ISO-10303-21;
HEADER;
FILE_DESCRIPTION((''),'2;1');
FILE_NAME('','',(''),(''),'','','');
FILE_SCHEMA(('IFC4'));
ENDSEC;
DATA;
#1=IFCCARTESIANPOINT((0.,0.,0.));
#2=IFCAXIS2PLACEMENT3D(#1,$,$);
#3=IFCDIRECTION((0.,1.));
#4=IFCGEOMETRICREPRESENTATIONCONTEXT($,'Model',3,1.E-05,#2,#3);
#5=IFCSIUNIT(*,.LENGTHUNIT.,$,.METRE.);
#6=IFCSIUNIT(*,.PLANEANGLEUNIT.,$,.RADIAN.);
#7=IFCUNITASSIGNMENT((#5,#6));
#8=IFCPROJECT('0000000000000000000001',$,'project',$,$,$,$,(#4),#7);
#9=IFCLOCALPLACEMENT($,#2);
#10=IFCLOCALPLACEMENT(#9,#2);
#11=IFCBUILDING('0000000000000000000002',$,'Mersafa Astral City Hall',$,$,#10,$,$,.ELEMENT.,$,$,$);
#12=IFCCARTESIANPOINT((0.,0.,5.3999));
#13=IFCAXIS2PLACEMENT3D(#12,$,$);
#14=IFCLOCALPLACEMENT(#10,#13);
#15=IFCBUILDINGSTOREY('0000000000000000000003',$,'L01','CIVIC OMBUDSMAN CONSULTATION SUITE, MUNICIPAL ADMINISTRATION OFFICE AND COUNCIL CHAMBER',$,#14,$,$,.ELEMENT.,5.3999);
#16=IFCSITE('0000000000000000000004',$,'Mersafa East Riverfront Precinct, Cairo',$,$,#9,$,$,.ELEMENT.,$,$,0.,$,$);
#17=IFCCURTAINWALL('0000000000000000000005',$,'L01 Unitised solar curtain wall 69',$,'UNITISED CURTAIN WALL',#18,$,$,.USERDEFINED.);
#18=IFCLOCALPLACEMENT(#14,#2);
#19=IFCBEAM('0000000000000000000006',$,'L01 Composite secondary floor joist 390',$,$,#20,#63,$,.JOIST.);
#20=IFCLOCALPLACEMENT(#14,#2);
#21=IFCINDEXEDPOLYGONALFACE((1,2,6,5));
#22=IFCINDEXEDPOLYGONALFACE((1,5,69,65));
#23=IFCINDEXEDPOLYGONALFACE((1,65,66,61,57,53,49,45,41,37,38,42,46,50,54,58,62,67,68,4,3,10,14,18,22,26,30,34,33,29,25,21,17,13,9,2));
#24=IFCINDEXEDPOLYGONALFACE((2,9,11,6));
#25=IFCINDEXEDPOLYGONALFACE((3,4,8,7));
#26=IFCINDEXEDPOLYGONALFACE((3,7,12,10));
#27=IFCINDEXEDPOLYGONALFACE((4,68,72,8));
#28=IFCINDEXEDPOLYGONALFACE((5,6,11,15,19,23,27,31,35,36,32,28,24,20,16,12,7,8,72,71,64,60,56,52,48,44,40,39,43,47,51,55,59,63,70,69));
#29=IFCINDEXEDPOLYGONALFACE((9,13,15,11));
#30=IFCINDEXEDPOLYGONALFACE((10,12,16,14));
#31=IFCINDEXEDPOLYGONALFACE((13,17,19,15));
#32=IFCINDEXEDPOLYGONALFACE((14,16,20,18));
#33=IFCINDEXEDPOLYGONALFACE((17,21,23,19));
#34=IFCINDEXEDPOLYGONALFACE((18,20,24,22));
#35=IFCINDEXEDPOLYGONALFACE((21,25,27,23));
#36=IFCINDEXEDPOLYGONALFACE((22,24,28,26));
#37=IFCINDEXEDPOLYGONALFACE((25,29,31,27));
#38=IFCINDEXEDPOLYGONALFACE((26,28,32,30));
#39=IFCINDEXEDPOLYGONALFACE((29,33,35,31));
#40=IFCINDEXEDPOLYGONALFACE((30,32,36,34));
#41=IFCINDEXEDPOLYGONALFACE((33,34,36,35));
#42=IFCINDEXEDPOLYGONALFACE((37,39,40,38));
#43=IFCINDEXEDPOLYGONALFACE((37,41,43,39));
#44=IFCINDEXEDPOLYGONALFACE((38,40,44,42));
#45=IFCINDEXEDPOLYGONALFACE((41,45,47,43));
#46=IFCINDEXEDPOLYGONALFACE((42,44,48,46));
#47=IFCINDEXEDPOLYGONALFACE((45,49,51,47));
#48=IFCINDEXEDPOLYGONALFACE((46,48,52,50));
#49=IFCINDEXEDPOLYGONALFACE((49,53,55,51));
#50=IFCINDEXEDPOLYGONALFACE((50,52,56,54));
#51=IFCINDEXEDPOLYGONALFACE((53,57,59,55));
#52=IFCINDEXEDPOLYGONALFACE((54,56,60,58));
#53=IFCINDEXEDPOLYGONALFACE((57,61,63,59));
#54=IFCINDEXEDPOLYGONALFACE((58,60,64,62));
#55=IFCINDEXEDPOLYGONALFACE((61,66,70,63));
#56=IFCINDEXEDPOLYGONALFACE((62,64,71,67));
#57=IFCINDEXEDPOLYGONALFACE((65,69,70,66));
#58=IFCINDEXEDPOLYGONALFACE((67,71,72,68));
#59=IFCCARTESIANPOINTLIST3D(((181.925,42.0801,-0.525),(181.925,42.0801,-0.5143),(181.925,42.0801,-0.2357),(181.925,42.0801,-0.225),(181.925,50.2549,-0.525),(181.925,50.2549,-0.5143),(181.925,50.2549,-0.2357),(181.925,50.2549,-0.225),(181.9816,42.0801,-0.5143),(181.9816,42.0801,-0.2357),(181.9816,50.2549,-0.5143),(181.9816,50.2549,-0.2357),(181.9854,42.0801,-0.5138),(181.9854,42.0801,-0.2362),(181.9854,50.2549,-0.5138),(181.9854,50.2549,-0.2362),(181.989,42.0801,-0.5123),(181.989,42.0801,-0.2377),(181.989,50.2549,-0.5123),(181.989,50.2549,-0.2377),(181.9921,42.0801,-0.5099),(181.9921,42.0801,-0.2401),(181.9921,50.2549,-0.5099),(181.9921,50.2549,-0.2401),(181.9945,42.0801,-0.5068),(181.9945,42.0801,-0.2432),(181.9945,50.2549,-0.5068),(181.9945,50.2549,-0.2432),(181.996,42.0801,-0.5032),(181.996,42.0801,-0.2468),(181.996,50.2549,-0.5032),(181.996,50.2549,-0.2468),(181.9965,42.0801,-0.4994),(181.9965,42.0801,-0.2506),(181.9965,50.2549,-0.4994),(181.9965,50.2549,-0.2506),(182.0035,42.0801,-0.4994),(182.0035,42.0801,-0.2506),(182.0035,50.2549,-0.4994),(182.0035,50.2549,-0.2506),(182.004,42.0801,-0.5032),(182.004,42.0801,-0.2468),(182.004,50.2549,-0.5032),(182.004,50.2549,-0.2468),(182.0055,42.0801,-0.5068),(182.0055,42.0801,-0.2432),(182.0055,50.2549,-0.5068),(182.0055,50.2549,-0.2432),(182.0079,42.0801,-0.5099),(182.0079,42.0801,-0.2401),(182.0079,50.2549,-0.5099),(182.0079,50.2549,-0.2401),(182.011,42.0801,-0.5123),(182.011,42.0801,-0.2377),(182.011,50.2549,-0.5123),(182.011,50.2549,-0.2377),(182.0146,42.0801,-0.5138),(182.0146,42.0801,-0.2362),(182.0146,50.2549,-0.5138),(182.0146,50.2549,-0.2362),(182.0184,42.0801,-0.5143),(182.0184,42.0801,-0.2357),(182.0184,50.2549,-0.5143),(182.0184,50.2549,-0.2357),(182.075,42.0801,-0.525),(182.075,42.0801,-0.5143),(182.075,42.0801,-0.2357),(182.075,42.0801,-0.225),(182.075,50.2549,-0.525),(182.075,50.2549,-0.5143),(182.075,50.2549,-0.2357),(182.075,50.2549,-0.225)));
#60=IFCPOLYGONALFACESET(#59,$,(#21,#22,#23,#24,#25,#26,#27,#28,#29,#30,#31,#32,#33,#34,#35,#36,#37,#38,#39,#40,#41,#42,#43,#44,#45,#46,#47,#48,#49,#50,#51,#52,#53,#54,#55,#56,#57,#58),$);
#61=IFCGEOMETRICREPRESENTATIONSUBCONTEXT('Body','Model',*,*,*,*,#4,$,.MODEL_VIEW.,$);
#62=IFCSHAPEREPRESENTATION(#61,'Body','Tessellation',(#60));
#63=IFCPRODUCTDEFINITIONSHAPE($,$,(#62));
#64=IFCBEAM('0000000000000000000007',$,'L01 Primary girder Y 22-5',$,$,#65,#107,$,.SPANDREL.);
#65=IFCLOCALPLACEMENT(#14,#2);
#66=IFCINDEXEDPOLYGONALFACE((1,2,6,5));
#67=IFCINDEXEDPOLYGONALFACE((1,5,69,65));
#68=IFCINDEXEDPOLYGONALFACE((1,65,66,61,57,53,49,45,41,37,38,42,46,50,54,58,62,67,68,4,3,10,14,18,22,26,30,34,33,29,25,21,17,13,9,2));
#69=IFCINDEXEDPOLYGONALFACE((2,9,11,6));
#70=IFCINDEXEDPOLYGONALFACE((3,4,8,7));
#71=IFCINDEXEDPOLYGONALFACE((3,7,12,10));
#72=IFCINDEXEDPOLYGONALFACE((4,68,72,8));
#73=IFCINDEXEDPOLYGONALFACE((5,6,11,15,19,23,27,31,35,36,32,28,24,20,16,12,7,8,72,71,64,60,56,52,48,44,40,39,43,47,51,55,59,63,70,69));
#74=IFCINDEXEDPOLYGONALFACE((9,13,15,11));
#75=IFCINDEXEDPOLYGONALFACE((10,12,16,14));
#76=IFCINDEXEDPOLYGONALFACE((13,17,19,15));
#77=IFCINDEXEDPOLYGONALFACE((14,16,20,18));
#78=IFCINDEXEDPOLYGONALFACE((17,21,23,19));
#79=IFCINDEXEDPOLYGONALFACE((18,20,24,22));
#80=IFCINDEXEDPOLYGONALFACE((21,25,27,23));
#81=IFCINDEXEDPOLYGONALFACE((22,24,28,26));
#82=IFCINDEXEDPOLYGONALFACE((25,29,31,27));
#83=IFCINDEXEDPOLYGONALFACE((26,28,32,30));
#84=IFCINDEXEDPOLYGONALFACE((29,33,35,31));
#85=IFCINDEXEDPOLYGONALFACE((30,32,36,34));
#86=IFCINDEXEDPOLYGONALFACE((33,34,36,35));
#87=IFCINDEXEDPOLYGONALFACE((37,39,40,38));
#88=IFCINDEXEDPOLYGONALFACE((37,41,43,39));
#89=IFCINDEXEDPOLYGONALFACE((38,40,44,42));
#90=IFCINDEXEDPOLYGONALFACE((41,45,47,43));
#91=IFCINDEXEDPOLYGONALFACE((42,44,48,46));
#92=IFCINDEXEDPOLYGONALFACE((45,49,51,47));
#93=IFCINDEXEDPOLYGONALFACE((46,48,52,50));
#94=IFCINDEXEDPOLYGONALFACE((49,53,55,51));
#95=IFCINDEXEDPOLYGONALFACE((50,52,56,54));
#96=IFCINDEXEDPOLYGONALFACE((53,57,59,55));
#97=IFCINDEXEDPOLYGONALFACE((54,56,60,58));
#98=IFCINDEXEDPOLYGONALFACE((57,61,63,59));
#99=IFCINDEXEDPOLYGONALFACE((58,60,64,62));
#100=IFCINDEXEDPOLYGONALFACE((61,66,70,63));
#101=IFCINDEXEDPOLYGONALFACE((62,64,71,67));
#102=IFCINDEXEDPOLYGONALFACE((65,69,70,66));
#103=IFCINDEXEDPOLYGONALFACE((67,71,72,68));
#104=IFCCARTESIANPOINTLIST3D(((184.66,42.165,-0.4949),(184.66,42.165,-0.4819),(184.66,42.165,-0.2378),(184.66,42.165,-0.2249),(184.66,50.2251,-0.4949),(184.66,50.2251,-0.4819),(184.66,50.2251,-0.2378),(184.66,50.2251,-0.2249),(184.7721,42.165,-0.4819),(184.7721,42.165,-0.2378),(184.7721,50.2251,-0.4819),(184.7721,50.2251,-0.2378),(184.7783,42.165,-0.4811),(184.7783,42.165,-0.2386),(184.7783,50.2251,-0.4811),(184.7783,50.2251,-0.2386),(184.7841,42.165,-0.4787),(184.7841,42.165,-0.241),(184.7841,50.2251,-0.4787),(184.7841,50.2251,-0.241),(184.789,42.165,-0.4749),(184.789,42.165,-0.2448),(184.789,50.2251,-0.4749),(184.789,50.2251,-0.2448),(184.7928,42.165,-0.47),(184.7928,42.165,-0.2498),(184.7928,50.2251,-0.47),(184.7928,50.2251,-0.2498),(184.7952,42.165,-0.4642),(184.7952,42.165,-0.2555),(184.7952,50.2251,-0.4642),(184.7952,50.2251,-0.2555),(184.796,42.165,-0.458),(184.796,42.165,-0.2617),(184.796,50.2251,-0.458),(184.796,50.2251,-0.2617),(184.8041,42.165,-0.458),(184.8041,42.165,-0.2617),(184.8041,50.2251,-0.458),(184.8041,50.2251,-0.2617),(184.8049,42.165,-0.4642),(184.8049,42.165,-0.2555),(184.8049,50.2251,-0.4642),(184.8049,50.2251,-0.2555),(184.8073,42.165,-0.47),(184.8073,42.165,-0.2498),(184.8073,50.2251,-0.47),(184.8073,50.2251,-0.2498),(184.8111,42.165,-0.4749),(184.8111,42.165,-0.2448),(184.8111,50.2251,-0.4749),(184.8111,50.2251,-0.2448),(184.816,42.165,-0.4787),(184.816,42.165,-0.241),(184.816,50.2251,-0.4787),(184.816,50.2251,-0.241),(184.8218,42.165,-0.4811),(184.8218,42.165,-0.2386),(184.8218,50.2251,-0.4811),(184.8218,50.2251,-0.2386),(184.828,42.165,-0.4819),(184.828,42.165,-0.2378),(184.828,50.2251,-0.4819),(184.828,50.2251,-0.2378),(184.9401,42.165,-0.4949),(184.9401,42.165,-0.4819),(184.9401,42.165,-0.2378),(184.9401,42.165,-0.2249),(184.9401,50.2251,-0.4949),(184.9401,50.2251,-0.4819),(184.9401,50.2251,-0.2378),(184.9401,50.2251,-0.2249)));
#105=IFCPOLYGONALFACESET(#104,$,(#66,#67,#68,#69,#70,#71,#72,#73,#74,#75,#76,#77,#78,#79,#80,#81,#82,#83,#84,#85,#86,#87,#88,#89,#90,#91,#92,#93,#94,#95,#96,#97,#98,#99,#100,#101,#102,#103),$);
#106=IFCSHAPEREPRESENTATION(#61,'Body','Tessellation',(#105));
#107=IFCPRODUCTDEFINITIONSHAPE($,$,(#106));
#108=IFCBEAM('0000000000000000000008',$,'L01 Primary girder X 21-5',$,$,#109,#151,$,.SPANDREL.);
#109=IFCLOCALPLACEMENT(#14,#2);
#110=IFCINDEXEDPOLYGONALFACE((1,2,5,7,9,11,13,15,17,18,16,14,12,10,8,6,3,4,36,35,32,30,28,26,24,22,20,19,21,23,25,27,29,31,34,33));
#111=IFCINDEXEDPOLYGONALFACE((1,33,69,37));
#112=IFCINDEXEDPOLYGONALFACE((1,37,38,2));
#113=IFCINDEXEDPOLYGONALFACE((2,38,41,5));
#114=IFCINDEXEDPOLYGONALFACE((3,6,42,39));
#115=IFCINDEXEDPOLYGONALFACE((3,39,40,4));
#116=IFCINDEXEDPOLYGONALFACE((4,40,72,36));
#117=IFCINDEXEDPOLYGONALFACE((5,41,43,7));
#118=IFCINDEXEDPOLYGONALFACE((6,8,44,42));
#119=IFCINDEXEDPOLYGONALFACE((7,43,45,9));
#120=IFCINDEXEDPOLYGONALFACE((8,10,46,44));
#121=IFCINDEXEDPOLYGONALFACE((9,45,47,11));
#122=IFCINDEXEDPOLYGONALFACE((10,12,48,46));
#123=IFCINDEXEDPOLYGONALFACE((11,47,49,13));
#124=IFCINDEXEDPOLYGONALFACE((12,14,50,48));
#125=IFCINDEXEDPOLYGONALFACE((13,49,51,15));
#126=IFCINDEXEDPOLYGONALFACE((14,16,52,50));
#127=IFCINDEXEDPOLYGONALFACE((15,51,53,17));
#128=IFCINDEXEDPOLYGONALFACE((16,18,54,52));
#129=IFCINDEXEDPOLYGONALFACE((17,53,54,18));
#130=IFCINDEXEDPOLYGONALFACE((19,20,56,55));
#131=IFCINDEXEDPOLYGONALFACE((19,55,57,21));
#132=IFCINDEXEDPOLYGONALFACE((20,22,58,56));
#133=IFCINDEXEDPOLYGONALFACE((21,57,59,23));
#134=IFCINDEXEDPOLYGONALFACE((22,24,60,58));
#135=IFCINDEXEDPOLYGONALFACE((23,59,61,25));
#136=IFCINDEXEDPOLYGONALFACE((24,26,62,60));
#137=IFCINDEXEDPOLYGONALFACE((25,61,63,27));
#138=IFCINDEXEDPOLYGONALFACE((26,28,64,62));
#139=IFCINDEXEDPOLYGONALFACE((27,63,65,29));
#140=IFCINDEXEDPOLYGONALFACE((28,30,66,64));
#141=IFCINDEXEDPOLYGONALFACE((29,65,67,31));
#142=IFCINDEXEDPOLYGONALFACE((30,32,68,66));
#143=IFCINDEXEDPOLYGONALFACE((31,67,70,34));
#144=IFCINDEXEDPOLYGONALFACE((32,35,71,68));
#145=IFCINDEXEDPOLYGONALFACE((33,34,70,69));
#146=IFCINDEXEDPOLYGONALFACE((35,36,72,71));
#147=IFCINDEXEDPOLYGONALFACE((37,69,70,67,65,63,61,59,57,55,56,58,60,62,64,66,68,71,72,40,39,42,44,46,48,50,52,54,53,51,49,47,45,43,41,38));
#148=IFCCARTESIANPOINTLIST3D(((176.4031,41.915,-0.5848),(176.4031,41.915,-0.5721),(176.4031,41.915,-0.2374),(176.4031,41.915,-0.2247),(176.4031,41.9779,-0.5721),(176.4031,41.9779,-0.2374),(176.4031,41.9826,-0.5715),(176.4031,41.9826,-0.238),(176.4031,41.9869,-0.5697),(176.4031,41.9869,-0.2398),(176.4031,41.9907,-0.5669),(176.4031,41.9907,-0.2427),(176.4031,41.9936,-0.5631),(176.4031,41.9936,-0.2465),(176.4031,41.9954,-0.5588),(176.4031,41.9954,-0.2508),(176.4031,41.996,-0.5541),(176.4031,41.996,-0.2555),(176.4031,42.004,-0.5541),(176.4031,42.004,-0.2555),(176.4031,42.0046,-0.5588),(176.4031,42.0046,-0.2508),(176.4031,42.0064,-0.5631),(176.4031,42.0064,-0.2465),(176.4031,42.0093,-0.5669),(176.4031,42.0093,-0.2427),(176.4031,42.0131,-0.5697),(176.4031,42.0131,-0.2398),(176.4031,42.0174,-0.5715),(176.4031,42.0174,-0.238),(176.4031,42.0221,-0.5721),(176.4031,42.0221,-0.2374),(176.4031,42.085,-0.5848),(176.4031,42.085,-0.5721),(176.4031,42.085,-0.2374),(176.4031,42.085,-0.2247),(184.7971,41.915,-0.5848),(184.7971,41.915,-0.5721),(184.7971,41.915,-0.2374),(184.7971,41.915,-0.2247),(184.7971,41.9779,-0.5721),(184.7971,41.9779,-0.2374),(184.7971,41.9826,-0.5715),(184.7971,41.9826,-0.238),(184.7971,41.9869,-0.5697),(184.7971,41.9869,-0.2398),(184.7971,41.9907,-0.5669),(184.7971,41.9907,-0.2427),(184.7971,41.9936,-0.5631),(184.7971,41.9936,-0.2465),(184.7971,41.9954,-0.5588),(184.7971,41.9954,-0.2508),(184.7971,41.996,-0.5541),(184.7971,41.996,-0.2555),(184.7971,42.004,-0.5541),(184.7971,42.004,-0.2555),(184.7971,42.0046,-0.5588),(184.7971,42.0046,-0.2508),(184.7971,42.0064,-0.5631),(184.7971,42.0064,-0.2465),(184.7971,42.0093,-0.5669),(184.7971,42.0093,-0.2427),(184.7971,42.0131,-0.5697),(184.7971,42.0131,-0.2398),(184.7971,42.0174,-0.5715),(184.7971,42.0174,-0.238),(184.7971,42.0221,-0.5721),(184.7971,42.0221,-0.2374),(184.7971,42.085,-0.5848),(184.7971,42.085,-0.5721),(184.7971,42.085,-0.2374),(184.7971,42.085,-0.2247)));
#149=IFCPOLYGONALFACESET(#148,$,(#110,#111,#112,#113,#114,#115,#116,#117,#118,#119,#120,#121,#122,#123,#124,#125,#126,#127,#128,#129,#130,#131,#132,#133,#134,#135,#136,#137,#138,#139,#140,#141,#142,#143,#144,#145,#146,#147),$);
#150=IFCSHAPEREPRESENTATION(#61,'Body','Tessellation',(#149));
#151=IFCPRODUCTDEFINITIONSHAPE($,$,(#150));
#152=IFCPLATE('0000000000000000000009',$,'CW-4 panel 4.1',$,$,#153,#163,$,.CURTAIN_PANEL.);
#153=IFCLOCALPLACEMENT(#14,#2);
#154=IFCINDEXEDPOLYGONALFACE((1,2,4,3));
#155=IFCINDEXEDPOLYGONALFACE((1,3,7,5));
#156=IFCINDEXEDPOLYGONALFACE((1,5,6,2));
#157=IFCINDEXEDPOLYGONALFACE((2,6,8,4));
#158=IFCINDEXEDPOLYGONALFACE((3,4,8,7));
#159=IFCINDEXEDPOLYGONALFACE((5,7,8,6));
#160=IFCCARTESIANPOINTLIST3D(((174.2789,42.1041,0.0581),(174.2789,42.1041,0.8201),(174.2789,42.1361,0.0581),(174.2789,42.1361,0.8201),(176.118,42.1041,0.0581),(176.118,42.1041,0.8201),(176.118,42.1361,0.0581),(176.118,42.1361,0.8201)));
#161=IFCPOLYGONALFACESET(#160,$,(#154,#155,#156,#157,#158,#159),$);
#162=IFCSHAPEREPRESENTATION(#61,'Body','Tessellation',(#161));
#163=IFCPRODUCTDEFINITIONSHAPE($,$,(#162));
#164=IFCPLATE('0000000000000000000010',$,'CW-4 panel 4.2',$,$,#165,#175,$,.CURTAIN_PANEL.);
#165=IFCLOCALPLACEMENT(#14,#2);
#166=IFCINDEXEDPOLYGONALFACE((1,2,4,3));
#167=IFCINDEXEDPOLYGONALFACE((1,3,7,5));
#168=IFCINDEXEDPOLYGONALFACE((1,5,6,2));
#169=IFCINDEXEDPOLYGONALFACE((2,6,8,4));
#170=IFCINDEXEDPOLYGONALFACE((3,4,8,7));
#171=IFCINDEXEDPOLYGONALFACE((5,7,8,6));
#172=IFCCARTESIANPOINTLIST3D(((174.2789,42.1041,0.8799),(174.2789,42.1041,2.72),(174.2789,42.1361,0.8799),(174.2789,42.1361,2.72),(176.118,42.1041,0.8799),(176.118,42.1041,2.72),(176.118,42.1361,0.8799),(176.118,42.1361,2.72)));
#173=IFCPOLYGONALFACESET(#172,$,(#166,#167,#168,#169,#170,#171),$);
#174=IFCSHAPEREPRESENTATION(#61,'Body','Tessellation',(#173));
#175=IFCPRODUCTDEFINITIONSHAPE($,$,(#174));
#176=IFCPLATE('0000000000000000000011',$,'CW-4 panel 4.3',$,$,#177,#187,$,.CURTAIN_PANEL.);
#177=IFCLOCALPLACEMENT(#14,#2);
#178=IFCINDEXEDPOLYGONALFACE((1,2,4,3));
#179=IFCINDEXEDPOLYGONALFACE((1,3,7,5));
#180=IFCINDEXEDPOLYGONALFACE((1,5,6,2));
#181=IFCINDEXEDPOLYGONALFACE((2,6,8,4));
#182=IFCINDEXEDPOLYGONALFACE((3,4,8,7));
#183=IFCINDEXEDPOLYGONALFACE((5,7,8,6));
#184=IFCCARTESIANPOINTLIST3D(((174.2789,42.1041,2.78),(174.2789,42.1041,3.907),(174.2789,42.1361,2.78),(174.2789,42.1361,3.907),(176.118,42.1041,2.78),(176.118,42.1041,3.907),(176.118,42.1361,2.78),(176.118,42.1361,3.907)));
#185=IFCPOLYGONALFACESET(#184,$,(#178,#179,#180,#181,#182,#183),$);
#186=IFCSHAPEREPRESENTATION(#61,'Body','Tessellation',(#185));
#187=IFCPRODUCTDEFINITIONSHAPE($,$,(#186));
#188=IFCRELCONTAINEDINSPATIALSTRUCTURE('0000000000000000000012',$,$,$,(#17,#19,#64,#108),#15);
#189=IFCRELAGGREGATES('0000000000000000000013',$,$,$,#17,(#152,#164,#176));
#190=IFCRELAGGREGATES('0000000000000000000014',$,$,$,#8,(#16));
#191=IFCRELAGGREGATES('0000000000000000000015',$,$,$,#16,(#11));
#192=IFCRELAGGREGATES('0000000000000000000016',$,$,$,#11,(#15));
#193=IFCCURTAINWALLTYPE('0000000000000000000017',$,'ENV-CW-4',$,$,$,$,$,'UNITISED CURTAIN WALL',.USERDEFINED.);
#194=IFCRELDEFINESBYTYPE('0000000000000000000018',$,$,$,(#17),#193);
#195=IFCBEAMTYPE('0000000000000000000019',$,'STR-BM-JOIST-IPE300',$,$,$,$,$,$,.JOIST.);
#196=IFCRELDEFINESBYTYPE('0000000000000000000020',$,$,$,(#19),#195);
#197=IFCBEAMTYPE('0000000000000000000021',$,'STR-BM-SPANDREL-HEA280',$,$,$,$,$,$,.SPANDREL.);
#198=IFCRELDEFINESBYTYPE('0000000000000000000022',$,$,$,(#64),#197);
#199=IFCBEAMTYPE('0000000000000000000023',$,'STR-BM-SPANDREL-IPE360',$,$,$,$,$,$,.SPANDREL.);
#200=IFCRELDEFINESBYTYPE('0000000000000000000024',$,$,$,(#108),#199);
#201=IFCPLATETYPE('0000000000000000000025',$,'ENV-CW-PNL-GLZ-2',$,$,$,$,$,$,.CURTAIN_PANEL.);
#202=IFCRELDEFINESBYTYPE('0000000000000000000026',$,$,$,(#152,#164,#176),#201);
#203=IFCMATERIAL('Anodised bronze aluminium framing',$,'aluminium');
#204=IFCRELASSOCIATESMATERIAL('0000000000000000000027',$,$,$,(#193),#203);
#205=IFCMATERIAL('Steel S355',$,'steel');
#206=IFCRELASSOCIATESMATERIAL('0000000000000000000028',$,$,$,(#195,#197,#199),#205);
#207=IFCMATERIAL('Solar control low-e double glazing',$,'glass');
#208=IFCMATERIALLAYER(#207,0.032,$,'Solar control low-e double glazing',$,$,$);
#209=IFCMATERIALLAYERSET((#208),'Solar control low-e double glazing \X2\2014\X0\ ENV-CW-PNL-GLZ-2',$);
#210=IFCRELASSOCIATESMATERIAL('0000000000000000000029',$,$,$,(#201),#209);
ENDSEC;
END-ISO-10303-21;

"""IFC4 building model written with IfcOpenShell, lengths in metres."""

from ifc_helpers import new_model, si_unit, direction, frame, origin, origin_2d, place, context, subcontext, project, spatial, rectangle, i_section, extrude, material, layer, layer_set, material_profile, profile_set, type_object, element, aggregate, save


model = new_model("IFC4")

# Units and contexts
model_context = context("Model", 3, precision=1e-05, world=origin(), true_north=direction((0.0, 1.0)))
body_context = subcontext(model_context, "Body", "Model", "MODEL_VIEW")
ifc_project = project(units=[si_unit("LENGTHUNIT", "METRE"), si_unit("PLANEANGLEUNIT", "RADIAN")], contexts=[model_context])

# Site, building, storey
site_placement = place(None, origin())
site = spatial("IfcSite", under=ifc_project, at=site_placement, Name="Mersafa East Riverfront Precinct, Cairo", CompositionType="ELEMENT", RefElevation=0.0)
building_placement = place(site_placement, origin())
building = spatial("IfcBuilding", under=site, at=building_placement, Name="Mersafa Astral City Hall", CompositionType="ELEMENT")
storey_placement = place(building_placement, frame((0.0, 0.0, 5.3999)))
storey = spatial("IfcBuildingStorey", under=building, at=storey_placement, Name="L01", Description="CIVIC OMBUDSMAN CONSULTATION SUITE, MUNICIPAL ADMINISTRATION OFFICE AND COUNCIL CHAMBER", CompositionType="ELEMENT", Elevation=5.3999)

# Shared definitions
ifc_material_1 = material(Name="Steel S355", Category="steel")

# Curtain wall
ifc_material_2 = material(Name="Anodised bronze aluminium framing", Category="aluminium")
curtain_wall_type_1 = type_object("IfcCurtainWallType", Name="ENV-CW-4", ElementType="UNITISED CURTAIN WALL", PredefinedType="USERDEFINED", material=ifc_material_2)
curtain_wall_1_placement = place(storey_placement, origin())
curtain_wall_1 = element("IfcCurtainWall", 1, at=curtain_wall_1_placement, inside=storey, type_object=curtain_wall_type_1, Name="L01 Unitised solar curtain wall 69", ObjectType="UNITISED CURTAIN WALL", PredefinedType="USERDEFINED")

# Beams
ifc_material_profile_1 = material_profile(ifc_material_1, i_section(OverallWidth=0.1499, OverallDepth=0.3, WebThickness=0.0071, FlangeThickness=0.0107, FilletRadius=0.0149, at=origin_2d()), Name="IPE 300")
ifc_profile_set_1 = profile_set([ifc_material_profile_1], Name="Steel S355")
beam_type_1 = type_object("IfcBeamType", Name="STR-BM-JOIST-IPE300", PredefinedType="JOIST", material=ifc_profile_set_1)
for number, where, z_axis, x_axis, name in (
    (2, (182.0, 42.0801, -0.375), (0.0, 1.0, 0.0), (-1.0, 0.0, 0.0), "L01 Composite secondary floor joist 390"),
):
    element("IfcBeam", number, at=place(storey_placement, frame(where, z_axis=z_axis, x_axis=x_axis)), inside=storey, type_object=beam_type_1, Name=name, PredefinedType="JOIST", context=body_context, shape_type="SweptSolid", body=[
        extrude(i_section(OverallWidth=0.1499, OverallDepth=0.3, WebThickness=0.0071, FlangeThickness=0.0107, FilletRadius=0.0149, at=origin_2d()), origin(), (0.0, 0.0, 1.0), 8.1748),
    ])
ifc_material_profile_2 = material_profile(ifc_material_1, i_section(OverallWidth=0.28, OverallDepth=0.27, WebThickness=0.0081, FlangeThickness=0.0129, FilletRadius=0.0239, at=origin_2d()), Name="HEA 280")
ifc_profile_set_2 = profile_set([ifc_material_profile_2], Name="Steel S355")
beam_type_2 = type_object("IfcBeamType", Name="STR-BM-SPANDREL-HEA280", PredefinedType="SPANDREL", material=ifc_profile_set_2)
beam_1_placement = place(storey_placement, frame((184.8, 42.165, -0.3599), z_axis=(0.0, 1.0, 0.0), x_axis=(-1.0, 0.0, 0.0)))
element("IfcBeam", 3, at=beam_1_placement, inside=storey, type_object=beam_type_2, Name="L01 Primary girder Y 22-5", PredefinedType="SPANDREL", context=body_context, shape_type="SweptSolid", body=[
    extrude(i_section(OverallWidth=0.28, OverallDepth=0.27, WebThickness=0.0081, FlangeThickness=0.0129, FilletRadius=0.0239, at=origin_2d()), origin(), (0.0, 0.0, 1.0), 8.0601),
])
ifc_material_profile_3 = material_profile(ifc_material_1, i_section(OverallWidth=0.1699, OverallDepth=0.3601, WebThickness=0.0081, FlangeThickness=0.0127, FilletRadius=0.0181, at=origin_2d()), Name="IPE 360")
ifc_profile_set_3 = profile_set([ifc_material_profile_3], Name="Steel S355")
beam_type_3 = type_object("IfcBeamType", Name="STR-BM-SPANDREL-IPE360", PredefinedType="SPANDREL", material=ifc_profile_set_3)
beam_2_placement = place(storey_placement, frame((176.4031, 42.0, -0.4048), z_axis=(1.0, 0.0, 0.0), x_axis=(0.0, 1.0, 0.0)))
element("IfcBeam", 4, at=beam_2_placement, inside=storey, type_object=beam_type_3, Name="L01 Primary girder X 21-5", PredefinedType="SPANDREL", context=body_context, shape_type="SweptSolid", body=[
    extrude(i_section(OverallWidth=0.1699, OverallDepth=0.3601, WebThickness=0.0081, FlangeThickness=0.0127, FilletRadius=0.0181, at=origin_2d()), origin(), (0.0, 0.0, 1.0), 8.394),
])

# Plates
ifc_material_3 = material(Name="Solar control low-e double glazing", Category="glass")
ifc_layer_1 = layer(ifc_material_3, 0.032, Name="Solar control low-e double glazing")
ifc_layer_set_1 = layer_set([ifc_layer_1], Name="Solar control low-e double glazing — ENV-CW-PNL-GLZ-2")
plate_type_1 = type_object("IfcPlateType", Name="ENV-CW-PNL-GLZ-2", PredefinedType="CURTAIN_PANEL", material=ifc_layer_set_1)
plate_1_placement = place(storey_placement, frame((175.1985, 42.1201, 0.0581), z_axis=(0.0, 0.0, 1.0), x_axis=(1.0, 0.0, 0.0)))
plate_1 = element("IfcPlate", 5, at=plate_1_placement, type_object=plate_type_1, Name="CW-4 panel 4.1", PredefinedType="CURTAIN_PANEL", context=body_context, shape_type="SweptSolid", body=[
    extrude(rectangle(XDim=1.8391, YDim=0.032, at=origin_2d()), origin(), (0.0, 0.0, 1.0), 0.762),
])
plate_2_placement = place(storey_placement, frame((175.1985, 42.1201, 0.8799), z_axis=(0.0, 0.0, 1.0), x_axis=(1.0, 0.0, 0.0)))
plate_2 = element("IfcPlate", 6, at=plate_2_placement, type_object=plate_type_1, Name="CW-4 panel 4.2", PredefinedType="CURTAIN_PANEL", context=body_context, shape_type="SweptSolid", body=[
    extrude(rectangle(XDim=1.8391, YDim=0.032, at=origin_2d()), origin(), (0.0, 0.0, 1.0), 1.8401),
])
plate_3_placement = place(storey_placement, frame((175.1985, 42.1201, 2.78), z_axis=(0.0, 0.0, 1.0), x_axis=(1.0, 0.0, 0.0)))
plate_3 = element("IfcPlate", 7, at=plate_3_placement, type_object=plate_type_1, Name="CW-4 panel 4.3", PredefinedType="CURTAIN_PANEL", context=body_context, shape_type="SweptSolid", body=[
    extrude(rectangle(XDim=1.8391, YDim=0.032, at=origin_2d()), origin(), (0.0, 0.0, 1.0), 1.127),
])
aggregate(curtain_wall_1, [plate_1, plate_2, plate_3])

save(model, "model.ifc")
